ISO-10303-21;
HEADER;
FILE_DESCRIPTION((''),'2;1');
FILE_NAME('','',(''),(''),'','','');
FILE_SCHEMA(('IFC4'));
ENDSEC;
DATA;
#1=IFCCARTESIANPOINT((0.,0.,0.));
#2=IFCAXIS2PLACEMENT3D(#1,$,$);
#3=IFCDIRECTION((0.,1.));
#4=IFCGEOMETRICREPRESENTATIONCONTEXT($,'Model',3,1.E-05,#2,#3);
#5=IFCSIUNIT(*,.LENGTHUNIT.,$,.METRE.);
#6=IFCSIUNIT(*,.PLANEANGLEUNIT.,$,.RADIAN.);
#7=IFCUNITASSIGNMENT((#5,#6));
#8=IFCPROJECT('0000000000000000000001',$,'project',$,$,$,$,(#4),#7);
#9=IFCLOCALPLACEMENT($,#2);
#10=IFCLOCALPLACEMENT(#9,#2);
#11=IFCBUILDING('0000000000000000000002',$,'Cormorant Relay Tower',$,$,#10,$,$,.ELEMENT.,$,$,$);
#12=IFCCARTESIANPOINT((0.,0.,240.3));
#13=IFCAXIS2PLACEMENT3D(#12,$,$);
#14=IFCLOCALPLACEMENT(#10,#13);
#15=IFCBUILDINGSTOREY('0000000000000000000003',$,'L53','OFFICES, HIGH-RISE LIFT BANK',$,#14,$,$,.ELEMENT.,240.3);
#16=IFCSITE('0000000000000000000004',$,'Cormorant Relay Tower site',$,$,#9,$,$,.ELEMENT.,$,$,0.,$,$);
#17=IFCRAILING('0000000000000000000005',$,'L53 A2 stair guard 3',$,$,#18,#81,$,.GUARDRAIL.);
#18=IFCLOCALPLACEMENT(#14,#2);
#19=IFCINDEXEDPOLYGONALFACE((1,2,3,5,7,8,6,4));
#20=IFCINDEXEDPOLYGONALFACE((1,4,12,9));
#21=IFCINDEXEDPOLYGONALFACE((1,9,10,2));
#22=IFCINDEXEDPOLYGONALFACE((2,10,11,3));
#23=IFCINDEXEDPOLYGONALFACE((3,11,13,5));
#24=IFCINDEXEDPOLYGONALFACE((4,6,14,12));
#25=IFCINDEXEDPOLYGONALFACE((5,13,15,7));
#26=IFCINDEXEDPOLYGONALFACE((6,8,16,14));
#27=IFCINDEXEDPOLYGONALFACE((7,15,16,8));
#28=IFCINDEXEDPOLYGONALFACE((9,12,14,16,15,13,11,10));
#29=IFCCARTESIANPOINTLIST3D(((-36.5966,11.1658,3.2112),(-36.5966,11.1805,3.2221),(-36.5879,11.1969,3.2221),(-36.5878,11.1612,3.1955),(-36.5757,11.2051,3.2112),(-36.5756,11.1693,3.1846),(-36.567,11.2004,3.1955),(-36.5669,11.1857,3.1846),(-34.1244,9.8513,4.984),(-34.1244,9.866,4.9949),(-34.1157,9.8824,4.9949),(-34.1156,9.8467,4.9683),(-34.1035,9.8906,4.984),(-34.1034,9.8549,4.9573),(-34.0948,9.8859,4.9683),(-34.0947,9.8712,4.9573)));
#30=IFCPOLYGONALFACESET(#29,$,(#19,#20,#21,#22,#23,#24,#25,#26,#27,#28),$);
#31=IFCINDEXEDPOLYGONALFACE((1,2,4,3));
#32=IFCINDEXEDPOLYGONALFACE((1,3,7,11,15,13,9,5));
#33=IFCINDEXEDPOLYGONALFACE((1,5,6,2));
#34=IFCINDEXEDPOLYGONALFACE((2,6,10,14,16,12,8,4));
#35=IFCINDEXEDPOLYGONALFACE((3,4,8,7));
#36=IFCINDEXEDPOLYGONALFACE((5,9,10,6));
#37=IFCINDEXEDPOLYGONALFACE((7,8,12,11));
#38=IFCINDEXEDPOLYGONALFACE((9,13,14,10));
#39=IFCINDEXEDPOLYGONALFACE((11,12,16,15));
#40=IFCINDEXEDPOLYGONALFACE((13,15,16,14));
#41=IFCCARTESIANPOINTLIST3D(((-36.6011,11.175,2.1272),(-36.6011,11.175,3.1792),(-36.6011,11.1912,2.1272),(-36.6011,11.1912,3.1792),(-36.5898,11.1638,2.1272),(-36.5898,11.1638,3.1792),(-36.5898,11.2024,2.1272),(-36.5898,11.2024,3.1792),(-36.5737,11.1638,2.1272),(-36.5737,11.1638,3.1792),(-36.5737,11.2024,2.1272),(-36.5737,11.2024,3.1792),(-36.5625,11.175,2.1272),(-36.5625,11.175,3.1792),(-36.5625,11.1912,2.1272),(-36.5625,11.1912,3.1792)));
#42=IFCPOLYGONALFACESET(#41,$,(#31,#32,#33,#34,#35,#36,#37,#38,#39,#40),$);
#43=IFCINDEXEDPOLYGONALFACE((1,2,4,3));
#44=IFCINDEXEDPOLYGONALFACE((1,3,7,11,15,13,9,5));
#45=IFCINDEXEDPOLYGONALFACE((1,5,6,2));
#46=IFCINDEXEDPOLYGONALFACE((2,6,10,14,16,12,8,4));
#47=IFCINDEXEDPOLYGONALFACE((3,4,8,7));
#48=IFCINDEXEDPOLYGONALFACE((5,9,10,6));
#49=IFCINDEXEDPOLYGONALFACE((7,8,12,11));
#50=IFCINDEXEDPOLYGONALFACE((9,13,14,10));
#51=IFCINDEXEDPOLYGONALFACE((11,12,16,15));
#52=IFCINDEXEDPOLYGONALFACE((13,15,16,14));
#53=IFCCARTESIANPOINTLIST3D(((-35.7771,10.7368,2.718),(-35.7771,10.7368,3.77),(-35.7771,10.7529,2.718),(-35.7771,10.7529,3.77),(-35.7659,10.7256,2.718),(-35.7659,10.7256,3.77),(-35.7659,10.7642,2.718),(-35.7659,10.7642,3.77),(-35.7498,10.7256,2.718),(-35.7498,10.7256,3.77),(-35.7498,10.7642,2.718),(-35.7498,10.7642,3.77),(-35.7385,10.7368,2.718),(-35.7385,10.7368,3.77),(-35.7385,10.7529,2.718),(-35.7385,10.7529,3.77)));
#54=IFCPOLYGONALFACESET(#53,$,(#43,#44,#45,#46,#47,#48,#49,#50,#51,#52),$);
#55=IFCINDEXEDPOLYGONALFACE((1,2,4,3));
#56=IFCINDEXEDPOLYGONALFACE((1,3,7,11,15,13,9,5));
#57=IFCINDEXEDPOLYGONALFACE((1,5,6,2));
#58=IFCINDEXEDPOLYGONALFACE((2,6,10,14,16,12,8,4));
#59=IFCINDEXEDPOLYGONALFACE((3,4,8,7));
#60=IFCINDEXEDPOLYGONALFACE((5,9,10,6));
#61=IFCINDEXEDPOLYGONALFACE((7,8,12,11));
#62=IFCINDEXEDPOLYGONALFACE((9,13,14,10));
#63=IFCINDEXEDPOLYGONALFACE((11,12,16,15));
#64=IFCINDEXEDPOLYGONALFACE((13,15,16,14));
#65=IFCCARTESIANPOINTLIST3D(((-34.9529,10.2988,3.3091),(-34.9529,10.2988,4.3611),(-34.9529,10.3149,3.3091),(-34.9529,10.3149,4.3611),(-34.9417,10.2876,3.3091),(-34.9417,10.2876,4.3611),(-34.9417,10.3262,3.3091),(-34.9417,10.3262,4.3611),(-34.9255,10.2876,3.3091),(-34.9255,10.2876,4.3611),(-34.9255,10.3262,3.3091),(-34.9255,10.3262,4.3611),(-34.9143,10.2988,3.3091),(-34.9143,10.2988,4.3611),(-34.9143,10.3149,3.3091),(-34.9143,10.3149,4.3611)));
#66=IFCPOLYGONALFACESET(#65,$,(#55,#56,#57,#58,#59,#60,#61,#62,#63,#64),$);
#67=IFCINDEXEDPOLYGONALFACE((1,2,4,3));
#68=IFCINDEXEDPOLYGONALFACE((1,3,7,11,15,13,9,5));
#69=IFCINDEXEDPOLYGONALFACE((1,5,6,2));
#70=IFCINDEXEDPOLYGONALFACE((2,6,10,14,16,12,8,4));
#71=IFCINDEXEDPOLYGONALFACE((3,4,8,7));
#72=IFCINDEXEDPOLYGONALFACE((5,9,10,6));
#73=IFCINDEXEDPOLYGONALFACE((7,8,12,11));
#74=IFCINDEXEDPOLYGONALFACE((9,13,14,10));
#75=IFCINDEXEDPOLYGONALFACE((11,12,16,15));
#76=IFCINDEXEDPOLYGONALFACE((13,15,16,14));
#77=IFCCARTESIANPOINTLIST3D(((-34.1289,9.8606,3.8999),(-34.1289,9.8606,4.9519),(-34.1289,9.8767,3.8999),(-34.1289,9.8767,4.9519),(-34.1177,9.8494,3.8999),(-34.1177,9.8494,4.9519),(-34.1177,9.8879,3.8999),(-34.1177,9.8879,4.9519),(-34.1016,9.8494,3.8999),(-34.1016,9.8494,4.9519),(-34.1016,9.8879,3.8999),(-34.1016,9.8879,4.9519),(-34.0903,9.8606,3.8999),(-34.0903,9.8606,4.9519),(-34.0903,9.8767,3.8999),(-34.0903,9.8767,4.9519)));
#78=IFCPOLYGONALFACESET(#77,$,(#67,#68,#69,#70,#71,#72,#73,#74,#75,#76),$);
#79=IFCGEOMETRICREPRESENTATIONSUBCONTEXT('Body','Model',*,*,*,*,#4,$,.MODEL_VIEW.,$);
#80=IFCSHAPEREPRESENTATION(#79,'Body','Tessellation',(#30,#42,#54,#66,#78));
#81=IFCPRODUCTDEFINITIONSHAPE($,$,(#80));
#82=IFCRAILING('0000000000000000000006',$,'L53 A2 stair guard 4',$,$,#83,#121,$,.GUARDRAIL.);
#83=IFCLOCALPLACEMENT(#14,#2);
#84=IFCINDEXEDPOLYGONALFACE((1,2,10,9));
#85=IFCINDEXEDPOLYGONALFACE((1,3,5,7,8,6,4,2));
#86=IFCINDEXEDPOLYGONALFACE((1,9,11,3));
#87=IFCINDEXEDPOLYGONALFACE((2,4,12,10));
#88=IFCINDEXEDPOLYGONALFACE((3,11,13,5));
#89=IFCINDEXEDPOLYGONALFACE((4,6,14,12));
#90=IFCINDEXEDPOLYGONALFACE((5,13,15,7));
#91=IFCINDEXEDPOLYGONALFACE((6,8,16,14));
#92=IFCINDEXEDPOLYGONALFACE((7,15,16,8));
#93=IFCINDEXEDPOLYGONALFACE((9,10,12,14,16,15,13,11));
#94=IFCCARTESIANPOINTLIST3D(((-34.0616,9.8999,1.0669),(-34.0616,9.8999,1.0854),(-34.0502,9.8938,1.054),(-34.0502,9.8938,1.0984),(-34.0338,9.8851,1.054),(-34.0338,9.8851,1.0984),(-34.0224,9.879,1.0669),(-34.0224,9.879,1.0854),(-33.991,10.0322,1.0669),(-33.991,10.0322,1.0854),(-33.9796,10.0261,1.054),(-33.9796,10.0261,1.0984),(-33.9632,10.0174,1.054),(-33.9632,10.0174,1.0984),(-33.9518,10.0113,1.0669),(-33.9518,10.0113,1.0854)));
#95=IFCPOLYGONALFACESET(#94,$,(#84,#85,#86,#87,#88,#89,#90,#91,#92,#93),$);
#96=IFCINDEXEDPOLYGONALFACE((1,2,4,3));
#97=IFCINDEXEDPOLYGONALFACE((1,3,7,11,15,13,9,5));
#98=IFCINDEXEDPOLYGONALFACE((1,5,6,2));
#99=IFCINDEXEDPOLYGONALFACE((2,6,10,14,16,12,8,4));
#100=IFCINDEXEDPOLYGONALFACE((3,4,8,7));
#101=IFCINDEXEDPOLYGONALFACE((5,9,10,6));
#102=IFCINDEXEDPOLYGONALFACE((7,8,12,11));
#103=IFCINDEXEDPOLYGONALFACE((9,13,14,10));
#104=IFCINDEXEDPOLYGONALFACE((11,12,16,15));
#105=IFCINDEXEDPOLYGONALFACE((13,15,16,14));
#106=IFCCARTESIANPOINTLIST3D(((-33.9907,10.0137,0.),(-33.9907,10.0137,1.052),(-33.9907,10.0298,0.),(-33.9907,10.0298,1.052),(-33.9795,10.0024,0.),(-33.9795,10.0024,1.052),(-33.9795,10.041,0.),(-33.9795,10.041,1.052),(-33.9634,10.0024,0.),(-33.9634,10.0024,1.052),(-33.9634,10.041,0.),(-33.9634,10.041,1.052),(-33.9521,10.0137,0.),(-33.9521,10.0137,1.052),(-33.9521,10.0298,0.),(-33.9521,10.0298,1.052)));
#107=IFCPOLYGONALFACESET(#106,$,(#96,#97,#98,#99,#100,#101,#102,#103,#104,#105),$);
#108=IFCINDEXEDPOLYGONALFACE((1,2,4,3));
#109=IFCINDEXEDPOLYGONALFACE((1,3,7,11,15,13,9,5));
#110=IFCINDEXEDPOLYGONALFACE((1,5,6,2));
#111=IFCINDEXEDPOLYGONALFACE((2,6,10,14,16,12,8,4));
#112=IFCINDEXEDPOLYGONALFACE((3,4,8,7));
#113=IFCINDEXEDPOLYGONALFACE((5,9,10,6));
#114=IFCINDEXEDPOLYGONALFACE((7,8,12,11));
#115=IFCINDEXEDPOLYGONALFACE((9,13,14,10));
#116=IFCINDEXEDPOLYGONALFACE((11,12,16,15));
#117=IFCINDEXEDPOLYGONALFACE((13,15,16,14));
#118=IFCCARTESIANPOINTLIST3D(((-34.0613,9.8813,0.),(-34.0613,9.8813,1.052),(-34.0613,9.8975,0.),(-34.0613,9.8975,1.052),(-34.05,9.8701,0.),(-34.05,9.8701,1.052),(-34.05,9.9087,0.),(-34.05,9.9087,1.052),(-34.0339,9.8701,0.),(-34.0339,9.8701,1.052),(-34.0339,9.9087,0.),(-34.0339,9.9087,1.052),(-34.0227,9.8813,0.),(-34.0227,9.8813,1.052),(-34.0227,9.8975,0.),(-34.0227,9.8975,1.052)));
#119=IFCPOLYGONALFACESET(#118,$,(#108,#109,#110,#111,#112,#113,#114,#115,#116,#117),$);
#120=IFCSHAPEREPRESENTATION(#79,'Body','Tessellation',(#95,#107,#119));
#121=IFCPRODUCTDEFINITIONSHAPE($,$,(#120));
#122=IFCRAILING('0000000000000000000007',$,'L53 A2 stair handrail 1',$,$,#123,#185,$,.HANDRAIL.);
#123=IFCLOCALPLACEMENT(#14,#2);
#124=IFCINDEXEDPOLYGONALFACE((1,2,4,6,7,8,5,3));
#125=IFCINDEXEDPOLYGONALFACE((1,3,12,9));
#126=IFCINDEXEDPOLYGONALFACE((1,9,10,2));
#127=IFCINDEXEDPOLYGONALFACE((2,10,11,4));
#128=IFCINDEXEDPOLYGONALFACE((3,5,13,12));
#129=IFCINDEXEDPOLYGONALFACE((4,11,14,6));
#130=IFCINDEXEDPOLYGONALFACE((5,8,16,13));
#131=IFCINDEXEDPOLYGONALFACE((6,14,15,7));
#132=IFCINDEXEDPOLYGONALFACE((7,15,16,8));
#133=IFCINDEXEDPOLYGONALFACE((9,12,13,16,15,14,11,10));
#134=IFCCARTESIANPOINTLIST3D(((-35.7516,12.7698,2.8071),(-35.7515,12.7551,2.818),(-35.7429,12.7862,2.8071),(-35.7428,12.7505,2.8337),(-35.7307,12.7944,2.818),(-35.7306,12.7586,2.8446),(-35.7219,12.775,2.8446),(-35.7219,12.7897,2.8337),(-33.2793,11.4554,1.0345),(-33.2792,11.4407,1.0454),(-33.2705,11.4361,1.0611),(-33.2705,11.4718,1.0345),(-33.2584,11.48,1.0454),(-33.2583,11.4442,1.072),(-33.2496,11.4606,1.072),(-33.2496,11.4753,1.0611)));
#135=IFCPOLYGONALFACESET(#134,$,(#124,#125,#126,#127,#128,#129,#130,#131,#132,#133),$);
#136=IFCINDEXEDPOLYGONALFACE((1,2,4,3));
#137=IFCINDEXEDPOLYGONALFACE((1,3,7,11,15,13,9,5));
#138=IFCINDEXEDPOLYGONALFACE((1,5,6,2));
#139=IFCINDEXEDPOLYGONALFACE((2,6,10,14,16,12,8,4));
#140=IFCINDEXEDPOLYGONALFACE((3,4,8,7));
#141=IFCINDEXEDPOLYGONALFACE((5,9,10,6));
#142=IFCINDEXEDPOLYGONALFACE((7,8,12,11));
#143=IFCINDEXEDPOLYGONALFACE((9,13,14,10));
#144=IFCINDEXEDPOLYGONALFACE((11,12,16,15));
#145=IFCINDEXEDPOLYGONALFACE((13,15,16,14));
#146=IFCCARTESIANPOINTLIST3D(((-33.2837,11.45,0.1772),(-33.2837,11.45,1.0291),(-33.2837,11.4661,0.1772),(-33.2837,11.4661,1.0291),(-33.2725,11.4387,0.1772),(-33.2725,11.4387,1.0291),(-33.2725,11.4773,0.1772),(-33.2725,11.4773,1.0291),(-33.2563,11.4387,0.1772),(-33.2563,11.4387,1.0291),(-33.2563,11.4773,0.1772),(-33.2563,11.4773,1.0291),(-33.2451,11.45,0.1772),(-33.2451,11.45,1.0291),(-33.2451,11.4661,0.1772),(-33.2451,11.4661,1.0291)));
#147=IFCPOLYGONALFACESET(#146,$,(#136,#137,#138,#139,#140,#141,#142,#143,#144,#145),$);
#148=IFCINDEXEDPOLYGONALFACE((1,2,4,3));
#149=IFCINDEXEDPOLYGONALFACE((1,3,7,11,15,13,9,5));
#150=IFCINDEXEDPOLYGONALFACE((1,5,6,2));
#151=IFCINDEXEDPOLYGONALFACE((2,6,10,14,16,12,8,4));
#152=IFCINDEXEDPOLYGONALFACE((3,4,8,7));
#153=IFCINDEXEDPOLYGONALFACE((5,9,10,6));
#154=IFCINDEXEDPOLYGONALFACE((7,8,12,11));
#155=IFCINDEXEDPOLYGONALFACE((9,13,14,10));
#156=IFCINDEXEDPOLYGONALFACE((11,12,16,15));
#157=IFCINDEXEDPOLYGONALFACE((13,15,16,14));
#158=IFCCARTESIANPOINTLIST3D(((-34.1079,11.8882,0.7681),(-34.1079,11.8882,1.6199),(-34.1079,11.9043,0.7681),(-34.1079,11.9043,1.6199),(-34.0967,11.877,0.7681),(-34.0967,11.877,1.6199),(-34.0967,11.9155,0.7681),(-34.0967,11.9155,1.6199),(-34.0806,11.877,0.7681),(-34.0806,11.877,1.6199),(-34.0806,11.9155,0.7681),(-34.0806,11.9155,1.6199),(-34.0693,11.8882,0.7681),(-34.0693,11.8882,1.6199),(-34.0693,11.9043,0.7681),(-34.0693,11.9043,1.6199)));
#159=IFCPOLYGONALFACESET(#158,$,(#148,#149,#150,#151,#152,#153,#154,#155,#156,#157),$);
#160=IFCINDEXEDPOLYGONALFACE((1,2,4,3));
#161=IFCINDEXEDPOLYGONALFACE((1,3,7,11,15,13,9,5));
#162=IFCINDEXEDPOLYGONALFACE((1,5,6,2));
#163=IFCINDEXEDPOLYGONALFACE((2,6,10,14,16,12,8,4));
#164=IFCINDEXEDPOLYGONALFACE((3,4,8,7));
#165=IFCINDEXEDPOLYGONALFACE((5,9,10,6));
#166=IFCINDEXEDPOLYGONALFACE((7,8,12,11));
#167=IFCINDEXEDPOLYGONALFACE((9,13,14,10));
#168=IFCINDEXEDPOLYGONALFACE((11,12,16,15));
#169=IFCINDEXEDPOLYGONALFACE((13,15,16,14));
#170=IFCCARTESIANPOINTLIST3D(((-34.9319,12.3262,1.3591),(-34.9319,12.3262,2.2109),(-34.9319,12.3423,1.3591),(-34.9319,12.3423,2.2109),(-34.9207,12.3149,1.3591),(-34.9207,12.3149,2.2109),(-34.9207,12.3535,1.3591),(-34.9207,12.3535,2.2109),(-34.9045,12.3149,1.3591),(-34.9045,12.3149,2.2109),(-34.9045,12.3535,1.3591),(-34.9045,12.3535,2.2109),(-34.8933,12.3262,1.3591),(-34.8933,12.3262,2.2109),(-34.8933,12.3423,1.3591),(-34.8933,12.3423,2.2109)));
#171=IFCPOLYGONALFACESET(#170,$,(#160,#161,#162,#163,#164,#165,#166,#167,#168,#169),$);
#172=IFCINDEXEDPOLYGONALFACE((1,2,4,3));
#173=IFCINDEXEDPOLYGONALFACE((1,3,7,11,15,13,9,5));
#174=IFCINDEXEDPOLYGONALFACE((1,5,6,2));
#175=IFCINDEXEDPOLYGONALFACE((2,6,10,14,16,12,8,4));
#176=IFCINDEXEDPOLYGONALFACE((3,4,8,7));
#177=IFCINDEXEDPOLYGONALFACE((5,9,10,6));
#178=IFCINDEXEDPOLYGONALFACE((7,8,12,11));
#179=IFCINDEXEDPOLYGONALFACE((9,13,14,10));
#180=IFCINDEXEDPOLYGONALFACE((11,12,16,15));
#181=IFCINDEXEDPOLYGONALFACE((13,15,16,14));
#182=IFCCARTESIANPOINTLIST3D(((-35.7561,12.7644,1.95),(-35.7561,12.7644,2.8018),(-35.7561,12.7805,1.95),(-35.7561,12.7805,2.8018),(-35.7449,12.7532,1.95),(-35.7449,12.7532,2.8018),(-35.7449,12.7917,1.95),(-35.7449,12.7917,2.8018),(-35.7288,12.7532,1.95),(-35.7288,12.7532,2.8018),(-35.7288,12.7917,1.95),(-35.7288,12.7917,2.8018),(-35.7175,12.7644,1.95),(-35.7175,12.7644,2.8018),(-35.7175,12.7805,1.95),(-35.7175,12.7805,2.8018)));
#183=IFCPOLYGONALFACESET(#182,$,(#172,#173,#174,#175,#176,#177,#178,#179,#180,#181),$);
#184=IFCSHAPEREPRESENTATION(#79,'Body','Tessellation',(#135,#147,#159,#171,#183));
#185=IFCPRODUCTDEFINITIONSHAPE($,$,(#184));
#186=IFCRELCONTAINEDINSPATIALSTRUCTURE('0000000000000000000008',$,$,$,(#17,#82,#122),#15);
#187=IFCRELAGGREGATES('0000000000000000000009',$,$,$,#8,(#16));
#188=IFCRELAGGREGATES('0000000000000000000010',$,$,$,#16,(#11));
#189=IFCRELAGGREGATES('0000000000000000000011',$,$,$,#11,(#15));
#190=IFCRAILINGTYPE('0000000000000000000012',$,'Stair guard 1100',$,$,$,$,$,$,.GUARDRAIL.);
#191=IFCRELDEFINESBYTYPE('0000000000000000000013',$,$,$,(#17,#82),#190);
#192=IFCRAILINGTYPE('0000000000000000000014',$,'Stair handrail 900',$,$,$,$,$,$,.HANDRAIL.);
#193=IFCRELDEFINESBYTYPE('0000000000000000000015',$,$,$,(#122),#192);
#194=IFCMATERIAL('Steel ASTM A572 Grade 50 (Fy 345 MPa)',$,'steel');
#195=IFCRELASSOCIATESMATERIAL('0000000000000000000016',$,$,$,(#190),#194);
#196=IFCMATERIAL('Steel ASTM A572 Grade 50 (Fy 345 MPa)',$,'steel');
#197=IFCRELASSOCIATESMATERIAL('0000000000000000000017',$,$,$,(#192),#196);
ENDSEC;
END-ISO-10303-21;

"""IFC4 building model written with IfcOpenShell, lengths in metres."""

from ifc_helpers import new_model, si_unit, direction, frame, origin, place, context, subcontext, project, spatial, polyline, outline, extrude, material, type_object, element, save


model = new_model("IFC4")

# Units and contexts
model_context = context("Model", 3, precision=1e-05, world=origin(), true_north=direction((0.0, 1.0)))
body_context = subcontext(model_context, "Body", "Model", "MODEL_VIEW")
ifc_project = project(units=[si_unit("LENGTHUNIT", "METRE"), si_unit("PLANEANGLEUNIT", "RADIAN")], contexts=[model_context])

# Site, building, storey
site_placement = place(None, origin())
site = spatial("IfcSite", under=ifc_project, at=site_placement, Name="Cormorant Relay Tower site", CompositionType="ELEMENT", RefElevation=0.0)
building_placement = place(site_placement, origin())
building = spatial("IfcBuilding", under=site, at=building_placement, Name="Cormorant Relay Tower", CompositionType="ELEMENT")
storey_placement = place(building_placement, frame((0.0, 0.0, 240.3)))
storey = spatial("IfcBuildingStorey", under=building, at=storey_placement, Name="L53", Description="OFFICES, HIGH-RISE LIFT BANK", CompositionType="ELEMENT", Elevation=240.3)

# Railings
ifc_material_1 = material(Name="Steel ASTM A572 Grade 50 (Fy 345 MPa)", Category="steel")
railing_type_1 = type_object("IfcRailingType", Name="Stair guard 1100", PredefinedType="GUARDRAIL", material=ifc_material_1)
railing_1_placement = place(storey_placement, frame((-36.5818, 11.1831, 2.1272)))
element("IfcRailing", 1, at=railing_1_placement, inside=storey, type_object=railing_type_1, Name="L53 A2 stair guard 3", PredefinedType="GUARDRAIL", context=body_context, shape_type="SweptSolid", body=[
    extrude(outline(polyline([(0.0222, 0.0093), (0.0093, 0.0222), (-0.0093, 0.0222), (-0.0222, 0.0093), (-0.0222, -0.0093), (-0.0093, -0.0222), (0.0093, -0.0222), (0.0222, -0.0093), (0.0222, 0.0093)])), frame((0.0, 0.0, 1.0762), z_axis=(0.746001, -0.396649, 0.534931), x_axis=(0.469465, 0.882951, 0.0)), (0.0, 0.0, 1.0), 3.314),
    extrude(outline(polyline([(0.0193, 0.0081), (0.0081, 0.0193), (-0.0081, 0.0193), (-0.0193, 0.0081), (-0.0193, -0.0081), (-0.0081, -0.0193), (0.0081, -0.0193), (0.0193, -0.0081), (0.0193, 0.0081)])), origin(), (0.0, 0.0, 1.0), 1.052),
    extrude(outline(polyline([(0.0193, 0.0081), (0.0081, 0.0193), (-0.0081, 0.0193), (-0.0193, 0.0081), (-0.0193, -0.0081), (-0.0081, -0.0193), (0.0081, -0.0193), (0.0193, -0.0081), (0.0193, 0.0081)])), frame((0.824, -0.4382, 0.5908)), (0.0, 0.0, 1.0), 1.052),
    extrude(outline(polyline([(0.0193, 0.0081), (0.0081, 0.0193), (-0.0081, 0.0193), (-0.0193, 0.0081), (-0.0193, -0.0081), (-0.0081, -0.0193), (0.0081, -0.0193), (0.0193, -0.0081), (0.0193, 0.0081)])), frame((1.6482, -0.8762, 1.1819)), (0.0, 0.0, 1.0), 1.052),
    extrude(outline(polyline([(0.0193, 0.0081), (0.0081, 0.0193), (-0.0081, 0.0193), (-0.0193, 0.0081), (-0.0193, -0.0081), (-0.0081, -0.0193), (0.0081, -0.0193), (0.0193, -0.0081), (0.0193, 0.0081)])), frame((2.4722, -1.3145, 1.7727)), (0.0, 0.0, 1.0), 1.052),
])
railing_2_placement = place(storey_placement, frame((-33.9714, 10.0217, 0.0)))
element("IfcRailing", 2, at=railing_2_placement, inside=storey, type_object=railing_type_1, Name="L53 A2 stair guard 4", PredefinedType="GUARDRAIL", context=body_context, shape_type="SweptSolid", body=[
    extrude(outline(polyline([(0.0222, 0.0093), (0.0093, 0.0222), (-0.0093, 0.0222), (-0.0222, 0.0093), (-0.0222, -0.0093), (-0.0093, -0.0222), (0.0093, -0.0222), (0.0222, -0.0093), (0.0222, 0.0093)])), frame((0.0, 0.0, 1.0762), z_axis=(-0.470504, -0.882398, 0.0), x_axis=(0.882398, -0.470504, 0.0)), (0.0, 0.0, 1.0), 0.1499),
    extrude(outline(polyline([(0.0193, 0.0081), (0.0081, 0.0193), (-0.0081, 0.0193), (-0.0193, 0.0081), (-0.0193, -0.0081), (-0.0081, -0.0193), (0.0081, -0.0193), (0.0193, -0.0081), (0.0193, 0.0081)])), origin(), (0.0, 0.0, 1.0), 1.052),
    extrude(outline(polyline([(0.0193, 0.0081), (0.0081, 0.0193), (-0.0081, 0.0193), (-0.0193, 0.0081), (-0.0193, -0.0081), (-0.0081, -0.0193), (0.0081, -0.0193), (0.0193, -0.0081), (0.0193, 0.0081)])), frame((-0.0706, -0.1323, 0.0)), (0.0, 0.0, 1.0), 1.052),
])
ifc_material_2 = material(Name="Steel ASTM A572 Grade 50 (Fy 345 MPa)", Category="steel")
railing_type_2 = type_object("IfcRailingType", Name="Stair handrail 900", PredefinedType="HANDRAIL", material=ifc_material_2)
railing_3_placement = place(storey_placement, frame((-33.2644, 11.458, 0.1772)))
element("IfcRailing", 3, at=railing_3_placement, inside=storey, type_object=railing_type_2, Name="L53 A2 stair handrail 1", PredefinedType="HANDRAIL", context=body_context, shape_type="SweptSolid", body=[
    extrude(outline(polyline([(0.0222, 0.0093), (0.0093, 0.0222), (-0.0093, 0.0222), (-0.0222, 0.0093), (-0.0222, -0.0093), (-0.0093, -0.0222), (0.0093, -0.0222), (0.0222, -0.0093), (0.0222, 0.0093)])), frame((0.0, 0.0, 0.876), z_axis=(-0.746034, 0.396627, 0.534902), x_axis=(-0.469429, -0.88297, 0.0)), (0.0, 0.0, 1.0), 3.314),
    extrude(outline(polyline([(0.0193, 0.0081), (0.0081, 0.0193), (-0.0081, 0.0193), (-0.0193, 0.0081), (-0.0193, -0.0081), (-0.0081, -0.0193), (0.0081, -0.0193), (0.0193, -0.0081), (0.0193, 0.0081)])), origin(), (0.0, 0.0, 1.0), 0.8518),
    extrude(outline(polyline([(0.0193, 0.0081), (0.0081, 0.0193), (-0.0081, 0.0193), (-0.0193, 0.0081), (-0.0193, -0.0081), (-0.0081, -0.0193), (0.0081, -0.0193), (0.0193, -0.0081), (0.0193, 0.0081)])), frame((-0.8242, 0.4382, 0.5908)), (0.0, 0.0, 1.0), 0.8518),
    extrude(outline(polyline([(0.0193, 0.0081), (0.0081, 0.0193), (-0.0081, 0.0193), (-0.0193, 0.0081), (-0.0193, -0.0081), (-0.0081, -0.0193), (0.0081, -0.0193), (0.0193, -0.0081), (0.0193, 0.0081)])), frame((-1.6482, 0.8762, 1.1819)), (0.0, 0.0, 1.0), 0.8518),
    extrude(outline(polyline([(0.0193, 0.0081), (0.0081, 0.0193), (-0.0081, 0.0193), (-0.0193, 0.0081), (-0.0193, -0.0081), (-0.0081, -0.0193), (0.0081, -0.0193), (0.0193, -0.0081), (0.0193, 0.0081)])), frame((-2.4724, 1.3145, 1.7727)), (0.0, 0.0, 1.0), 0.8518),
])

save(model, "model.ifc")
